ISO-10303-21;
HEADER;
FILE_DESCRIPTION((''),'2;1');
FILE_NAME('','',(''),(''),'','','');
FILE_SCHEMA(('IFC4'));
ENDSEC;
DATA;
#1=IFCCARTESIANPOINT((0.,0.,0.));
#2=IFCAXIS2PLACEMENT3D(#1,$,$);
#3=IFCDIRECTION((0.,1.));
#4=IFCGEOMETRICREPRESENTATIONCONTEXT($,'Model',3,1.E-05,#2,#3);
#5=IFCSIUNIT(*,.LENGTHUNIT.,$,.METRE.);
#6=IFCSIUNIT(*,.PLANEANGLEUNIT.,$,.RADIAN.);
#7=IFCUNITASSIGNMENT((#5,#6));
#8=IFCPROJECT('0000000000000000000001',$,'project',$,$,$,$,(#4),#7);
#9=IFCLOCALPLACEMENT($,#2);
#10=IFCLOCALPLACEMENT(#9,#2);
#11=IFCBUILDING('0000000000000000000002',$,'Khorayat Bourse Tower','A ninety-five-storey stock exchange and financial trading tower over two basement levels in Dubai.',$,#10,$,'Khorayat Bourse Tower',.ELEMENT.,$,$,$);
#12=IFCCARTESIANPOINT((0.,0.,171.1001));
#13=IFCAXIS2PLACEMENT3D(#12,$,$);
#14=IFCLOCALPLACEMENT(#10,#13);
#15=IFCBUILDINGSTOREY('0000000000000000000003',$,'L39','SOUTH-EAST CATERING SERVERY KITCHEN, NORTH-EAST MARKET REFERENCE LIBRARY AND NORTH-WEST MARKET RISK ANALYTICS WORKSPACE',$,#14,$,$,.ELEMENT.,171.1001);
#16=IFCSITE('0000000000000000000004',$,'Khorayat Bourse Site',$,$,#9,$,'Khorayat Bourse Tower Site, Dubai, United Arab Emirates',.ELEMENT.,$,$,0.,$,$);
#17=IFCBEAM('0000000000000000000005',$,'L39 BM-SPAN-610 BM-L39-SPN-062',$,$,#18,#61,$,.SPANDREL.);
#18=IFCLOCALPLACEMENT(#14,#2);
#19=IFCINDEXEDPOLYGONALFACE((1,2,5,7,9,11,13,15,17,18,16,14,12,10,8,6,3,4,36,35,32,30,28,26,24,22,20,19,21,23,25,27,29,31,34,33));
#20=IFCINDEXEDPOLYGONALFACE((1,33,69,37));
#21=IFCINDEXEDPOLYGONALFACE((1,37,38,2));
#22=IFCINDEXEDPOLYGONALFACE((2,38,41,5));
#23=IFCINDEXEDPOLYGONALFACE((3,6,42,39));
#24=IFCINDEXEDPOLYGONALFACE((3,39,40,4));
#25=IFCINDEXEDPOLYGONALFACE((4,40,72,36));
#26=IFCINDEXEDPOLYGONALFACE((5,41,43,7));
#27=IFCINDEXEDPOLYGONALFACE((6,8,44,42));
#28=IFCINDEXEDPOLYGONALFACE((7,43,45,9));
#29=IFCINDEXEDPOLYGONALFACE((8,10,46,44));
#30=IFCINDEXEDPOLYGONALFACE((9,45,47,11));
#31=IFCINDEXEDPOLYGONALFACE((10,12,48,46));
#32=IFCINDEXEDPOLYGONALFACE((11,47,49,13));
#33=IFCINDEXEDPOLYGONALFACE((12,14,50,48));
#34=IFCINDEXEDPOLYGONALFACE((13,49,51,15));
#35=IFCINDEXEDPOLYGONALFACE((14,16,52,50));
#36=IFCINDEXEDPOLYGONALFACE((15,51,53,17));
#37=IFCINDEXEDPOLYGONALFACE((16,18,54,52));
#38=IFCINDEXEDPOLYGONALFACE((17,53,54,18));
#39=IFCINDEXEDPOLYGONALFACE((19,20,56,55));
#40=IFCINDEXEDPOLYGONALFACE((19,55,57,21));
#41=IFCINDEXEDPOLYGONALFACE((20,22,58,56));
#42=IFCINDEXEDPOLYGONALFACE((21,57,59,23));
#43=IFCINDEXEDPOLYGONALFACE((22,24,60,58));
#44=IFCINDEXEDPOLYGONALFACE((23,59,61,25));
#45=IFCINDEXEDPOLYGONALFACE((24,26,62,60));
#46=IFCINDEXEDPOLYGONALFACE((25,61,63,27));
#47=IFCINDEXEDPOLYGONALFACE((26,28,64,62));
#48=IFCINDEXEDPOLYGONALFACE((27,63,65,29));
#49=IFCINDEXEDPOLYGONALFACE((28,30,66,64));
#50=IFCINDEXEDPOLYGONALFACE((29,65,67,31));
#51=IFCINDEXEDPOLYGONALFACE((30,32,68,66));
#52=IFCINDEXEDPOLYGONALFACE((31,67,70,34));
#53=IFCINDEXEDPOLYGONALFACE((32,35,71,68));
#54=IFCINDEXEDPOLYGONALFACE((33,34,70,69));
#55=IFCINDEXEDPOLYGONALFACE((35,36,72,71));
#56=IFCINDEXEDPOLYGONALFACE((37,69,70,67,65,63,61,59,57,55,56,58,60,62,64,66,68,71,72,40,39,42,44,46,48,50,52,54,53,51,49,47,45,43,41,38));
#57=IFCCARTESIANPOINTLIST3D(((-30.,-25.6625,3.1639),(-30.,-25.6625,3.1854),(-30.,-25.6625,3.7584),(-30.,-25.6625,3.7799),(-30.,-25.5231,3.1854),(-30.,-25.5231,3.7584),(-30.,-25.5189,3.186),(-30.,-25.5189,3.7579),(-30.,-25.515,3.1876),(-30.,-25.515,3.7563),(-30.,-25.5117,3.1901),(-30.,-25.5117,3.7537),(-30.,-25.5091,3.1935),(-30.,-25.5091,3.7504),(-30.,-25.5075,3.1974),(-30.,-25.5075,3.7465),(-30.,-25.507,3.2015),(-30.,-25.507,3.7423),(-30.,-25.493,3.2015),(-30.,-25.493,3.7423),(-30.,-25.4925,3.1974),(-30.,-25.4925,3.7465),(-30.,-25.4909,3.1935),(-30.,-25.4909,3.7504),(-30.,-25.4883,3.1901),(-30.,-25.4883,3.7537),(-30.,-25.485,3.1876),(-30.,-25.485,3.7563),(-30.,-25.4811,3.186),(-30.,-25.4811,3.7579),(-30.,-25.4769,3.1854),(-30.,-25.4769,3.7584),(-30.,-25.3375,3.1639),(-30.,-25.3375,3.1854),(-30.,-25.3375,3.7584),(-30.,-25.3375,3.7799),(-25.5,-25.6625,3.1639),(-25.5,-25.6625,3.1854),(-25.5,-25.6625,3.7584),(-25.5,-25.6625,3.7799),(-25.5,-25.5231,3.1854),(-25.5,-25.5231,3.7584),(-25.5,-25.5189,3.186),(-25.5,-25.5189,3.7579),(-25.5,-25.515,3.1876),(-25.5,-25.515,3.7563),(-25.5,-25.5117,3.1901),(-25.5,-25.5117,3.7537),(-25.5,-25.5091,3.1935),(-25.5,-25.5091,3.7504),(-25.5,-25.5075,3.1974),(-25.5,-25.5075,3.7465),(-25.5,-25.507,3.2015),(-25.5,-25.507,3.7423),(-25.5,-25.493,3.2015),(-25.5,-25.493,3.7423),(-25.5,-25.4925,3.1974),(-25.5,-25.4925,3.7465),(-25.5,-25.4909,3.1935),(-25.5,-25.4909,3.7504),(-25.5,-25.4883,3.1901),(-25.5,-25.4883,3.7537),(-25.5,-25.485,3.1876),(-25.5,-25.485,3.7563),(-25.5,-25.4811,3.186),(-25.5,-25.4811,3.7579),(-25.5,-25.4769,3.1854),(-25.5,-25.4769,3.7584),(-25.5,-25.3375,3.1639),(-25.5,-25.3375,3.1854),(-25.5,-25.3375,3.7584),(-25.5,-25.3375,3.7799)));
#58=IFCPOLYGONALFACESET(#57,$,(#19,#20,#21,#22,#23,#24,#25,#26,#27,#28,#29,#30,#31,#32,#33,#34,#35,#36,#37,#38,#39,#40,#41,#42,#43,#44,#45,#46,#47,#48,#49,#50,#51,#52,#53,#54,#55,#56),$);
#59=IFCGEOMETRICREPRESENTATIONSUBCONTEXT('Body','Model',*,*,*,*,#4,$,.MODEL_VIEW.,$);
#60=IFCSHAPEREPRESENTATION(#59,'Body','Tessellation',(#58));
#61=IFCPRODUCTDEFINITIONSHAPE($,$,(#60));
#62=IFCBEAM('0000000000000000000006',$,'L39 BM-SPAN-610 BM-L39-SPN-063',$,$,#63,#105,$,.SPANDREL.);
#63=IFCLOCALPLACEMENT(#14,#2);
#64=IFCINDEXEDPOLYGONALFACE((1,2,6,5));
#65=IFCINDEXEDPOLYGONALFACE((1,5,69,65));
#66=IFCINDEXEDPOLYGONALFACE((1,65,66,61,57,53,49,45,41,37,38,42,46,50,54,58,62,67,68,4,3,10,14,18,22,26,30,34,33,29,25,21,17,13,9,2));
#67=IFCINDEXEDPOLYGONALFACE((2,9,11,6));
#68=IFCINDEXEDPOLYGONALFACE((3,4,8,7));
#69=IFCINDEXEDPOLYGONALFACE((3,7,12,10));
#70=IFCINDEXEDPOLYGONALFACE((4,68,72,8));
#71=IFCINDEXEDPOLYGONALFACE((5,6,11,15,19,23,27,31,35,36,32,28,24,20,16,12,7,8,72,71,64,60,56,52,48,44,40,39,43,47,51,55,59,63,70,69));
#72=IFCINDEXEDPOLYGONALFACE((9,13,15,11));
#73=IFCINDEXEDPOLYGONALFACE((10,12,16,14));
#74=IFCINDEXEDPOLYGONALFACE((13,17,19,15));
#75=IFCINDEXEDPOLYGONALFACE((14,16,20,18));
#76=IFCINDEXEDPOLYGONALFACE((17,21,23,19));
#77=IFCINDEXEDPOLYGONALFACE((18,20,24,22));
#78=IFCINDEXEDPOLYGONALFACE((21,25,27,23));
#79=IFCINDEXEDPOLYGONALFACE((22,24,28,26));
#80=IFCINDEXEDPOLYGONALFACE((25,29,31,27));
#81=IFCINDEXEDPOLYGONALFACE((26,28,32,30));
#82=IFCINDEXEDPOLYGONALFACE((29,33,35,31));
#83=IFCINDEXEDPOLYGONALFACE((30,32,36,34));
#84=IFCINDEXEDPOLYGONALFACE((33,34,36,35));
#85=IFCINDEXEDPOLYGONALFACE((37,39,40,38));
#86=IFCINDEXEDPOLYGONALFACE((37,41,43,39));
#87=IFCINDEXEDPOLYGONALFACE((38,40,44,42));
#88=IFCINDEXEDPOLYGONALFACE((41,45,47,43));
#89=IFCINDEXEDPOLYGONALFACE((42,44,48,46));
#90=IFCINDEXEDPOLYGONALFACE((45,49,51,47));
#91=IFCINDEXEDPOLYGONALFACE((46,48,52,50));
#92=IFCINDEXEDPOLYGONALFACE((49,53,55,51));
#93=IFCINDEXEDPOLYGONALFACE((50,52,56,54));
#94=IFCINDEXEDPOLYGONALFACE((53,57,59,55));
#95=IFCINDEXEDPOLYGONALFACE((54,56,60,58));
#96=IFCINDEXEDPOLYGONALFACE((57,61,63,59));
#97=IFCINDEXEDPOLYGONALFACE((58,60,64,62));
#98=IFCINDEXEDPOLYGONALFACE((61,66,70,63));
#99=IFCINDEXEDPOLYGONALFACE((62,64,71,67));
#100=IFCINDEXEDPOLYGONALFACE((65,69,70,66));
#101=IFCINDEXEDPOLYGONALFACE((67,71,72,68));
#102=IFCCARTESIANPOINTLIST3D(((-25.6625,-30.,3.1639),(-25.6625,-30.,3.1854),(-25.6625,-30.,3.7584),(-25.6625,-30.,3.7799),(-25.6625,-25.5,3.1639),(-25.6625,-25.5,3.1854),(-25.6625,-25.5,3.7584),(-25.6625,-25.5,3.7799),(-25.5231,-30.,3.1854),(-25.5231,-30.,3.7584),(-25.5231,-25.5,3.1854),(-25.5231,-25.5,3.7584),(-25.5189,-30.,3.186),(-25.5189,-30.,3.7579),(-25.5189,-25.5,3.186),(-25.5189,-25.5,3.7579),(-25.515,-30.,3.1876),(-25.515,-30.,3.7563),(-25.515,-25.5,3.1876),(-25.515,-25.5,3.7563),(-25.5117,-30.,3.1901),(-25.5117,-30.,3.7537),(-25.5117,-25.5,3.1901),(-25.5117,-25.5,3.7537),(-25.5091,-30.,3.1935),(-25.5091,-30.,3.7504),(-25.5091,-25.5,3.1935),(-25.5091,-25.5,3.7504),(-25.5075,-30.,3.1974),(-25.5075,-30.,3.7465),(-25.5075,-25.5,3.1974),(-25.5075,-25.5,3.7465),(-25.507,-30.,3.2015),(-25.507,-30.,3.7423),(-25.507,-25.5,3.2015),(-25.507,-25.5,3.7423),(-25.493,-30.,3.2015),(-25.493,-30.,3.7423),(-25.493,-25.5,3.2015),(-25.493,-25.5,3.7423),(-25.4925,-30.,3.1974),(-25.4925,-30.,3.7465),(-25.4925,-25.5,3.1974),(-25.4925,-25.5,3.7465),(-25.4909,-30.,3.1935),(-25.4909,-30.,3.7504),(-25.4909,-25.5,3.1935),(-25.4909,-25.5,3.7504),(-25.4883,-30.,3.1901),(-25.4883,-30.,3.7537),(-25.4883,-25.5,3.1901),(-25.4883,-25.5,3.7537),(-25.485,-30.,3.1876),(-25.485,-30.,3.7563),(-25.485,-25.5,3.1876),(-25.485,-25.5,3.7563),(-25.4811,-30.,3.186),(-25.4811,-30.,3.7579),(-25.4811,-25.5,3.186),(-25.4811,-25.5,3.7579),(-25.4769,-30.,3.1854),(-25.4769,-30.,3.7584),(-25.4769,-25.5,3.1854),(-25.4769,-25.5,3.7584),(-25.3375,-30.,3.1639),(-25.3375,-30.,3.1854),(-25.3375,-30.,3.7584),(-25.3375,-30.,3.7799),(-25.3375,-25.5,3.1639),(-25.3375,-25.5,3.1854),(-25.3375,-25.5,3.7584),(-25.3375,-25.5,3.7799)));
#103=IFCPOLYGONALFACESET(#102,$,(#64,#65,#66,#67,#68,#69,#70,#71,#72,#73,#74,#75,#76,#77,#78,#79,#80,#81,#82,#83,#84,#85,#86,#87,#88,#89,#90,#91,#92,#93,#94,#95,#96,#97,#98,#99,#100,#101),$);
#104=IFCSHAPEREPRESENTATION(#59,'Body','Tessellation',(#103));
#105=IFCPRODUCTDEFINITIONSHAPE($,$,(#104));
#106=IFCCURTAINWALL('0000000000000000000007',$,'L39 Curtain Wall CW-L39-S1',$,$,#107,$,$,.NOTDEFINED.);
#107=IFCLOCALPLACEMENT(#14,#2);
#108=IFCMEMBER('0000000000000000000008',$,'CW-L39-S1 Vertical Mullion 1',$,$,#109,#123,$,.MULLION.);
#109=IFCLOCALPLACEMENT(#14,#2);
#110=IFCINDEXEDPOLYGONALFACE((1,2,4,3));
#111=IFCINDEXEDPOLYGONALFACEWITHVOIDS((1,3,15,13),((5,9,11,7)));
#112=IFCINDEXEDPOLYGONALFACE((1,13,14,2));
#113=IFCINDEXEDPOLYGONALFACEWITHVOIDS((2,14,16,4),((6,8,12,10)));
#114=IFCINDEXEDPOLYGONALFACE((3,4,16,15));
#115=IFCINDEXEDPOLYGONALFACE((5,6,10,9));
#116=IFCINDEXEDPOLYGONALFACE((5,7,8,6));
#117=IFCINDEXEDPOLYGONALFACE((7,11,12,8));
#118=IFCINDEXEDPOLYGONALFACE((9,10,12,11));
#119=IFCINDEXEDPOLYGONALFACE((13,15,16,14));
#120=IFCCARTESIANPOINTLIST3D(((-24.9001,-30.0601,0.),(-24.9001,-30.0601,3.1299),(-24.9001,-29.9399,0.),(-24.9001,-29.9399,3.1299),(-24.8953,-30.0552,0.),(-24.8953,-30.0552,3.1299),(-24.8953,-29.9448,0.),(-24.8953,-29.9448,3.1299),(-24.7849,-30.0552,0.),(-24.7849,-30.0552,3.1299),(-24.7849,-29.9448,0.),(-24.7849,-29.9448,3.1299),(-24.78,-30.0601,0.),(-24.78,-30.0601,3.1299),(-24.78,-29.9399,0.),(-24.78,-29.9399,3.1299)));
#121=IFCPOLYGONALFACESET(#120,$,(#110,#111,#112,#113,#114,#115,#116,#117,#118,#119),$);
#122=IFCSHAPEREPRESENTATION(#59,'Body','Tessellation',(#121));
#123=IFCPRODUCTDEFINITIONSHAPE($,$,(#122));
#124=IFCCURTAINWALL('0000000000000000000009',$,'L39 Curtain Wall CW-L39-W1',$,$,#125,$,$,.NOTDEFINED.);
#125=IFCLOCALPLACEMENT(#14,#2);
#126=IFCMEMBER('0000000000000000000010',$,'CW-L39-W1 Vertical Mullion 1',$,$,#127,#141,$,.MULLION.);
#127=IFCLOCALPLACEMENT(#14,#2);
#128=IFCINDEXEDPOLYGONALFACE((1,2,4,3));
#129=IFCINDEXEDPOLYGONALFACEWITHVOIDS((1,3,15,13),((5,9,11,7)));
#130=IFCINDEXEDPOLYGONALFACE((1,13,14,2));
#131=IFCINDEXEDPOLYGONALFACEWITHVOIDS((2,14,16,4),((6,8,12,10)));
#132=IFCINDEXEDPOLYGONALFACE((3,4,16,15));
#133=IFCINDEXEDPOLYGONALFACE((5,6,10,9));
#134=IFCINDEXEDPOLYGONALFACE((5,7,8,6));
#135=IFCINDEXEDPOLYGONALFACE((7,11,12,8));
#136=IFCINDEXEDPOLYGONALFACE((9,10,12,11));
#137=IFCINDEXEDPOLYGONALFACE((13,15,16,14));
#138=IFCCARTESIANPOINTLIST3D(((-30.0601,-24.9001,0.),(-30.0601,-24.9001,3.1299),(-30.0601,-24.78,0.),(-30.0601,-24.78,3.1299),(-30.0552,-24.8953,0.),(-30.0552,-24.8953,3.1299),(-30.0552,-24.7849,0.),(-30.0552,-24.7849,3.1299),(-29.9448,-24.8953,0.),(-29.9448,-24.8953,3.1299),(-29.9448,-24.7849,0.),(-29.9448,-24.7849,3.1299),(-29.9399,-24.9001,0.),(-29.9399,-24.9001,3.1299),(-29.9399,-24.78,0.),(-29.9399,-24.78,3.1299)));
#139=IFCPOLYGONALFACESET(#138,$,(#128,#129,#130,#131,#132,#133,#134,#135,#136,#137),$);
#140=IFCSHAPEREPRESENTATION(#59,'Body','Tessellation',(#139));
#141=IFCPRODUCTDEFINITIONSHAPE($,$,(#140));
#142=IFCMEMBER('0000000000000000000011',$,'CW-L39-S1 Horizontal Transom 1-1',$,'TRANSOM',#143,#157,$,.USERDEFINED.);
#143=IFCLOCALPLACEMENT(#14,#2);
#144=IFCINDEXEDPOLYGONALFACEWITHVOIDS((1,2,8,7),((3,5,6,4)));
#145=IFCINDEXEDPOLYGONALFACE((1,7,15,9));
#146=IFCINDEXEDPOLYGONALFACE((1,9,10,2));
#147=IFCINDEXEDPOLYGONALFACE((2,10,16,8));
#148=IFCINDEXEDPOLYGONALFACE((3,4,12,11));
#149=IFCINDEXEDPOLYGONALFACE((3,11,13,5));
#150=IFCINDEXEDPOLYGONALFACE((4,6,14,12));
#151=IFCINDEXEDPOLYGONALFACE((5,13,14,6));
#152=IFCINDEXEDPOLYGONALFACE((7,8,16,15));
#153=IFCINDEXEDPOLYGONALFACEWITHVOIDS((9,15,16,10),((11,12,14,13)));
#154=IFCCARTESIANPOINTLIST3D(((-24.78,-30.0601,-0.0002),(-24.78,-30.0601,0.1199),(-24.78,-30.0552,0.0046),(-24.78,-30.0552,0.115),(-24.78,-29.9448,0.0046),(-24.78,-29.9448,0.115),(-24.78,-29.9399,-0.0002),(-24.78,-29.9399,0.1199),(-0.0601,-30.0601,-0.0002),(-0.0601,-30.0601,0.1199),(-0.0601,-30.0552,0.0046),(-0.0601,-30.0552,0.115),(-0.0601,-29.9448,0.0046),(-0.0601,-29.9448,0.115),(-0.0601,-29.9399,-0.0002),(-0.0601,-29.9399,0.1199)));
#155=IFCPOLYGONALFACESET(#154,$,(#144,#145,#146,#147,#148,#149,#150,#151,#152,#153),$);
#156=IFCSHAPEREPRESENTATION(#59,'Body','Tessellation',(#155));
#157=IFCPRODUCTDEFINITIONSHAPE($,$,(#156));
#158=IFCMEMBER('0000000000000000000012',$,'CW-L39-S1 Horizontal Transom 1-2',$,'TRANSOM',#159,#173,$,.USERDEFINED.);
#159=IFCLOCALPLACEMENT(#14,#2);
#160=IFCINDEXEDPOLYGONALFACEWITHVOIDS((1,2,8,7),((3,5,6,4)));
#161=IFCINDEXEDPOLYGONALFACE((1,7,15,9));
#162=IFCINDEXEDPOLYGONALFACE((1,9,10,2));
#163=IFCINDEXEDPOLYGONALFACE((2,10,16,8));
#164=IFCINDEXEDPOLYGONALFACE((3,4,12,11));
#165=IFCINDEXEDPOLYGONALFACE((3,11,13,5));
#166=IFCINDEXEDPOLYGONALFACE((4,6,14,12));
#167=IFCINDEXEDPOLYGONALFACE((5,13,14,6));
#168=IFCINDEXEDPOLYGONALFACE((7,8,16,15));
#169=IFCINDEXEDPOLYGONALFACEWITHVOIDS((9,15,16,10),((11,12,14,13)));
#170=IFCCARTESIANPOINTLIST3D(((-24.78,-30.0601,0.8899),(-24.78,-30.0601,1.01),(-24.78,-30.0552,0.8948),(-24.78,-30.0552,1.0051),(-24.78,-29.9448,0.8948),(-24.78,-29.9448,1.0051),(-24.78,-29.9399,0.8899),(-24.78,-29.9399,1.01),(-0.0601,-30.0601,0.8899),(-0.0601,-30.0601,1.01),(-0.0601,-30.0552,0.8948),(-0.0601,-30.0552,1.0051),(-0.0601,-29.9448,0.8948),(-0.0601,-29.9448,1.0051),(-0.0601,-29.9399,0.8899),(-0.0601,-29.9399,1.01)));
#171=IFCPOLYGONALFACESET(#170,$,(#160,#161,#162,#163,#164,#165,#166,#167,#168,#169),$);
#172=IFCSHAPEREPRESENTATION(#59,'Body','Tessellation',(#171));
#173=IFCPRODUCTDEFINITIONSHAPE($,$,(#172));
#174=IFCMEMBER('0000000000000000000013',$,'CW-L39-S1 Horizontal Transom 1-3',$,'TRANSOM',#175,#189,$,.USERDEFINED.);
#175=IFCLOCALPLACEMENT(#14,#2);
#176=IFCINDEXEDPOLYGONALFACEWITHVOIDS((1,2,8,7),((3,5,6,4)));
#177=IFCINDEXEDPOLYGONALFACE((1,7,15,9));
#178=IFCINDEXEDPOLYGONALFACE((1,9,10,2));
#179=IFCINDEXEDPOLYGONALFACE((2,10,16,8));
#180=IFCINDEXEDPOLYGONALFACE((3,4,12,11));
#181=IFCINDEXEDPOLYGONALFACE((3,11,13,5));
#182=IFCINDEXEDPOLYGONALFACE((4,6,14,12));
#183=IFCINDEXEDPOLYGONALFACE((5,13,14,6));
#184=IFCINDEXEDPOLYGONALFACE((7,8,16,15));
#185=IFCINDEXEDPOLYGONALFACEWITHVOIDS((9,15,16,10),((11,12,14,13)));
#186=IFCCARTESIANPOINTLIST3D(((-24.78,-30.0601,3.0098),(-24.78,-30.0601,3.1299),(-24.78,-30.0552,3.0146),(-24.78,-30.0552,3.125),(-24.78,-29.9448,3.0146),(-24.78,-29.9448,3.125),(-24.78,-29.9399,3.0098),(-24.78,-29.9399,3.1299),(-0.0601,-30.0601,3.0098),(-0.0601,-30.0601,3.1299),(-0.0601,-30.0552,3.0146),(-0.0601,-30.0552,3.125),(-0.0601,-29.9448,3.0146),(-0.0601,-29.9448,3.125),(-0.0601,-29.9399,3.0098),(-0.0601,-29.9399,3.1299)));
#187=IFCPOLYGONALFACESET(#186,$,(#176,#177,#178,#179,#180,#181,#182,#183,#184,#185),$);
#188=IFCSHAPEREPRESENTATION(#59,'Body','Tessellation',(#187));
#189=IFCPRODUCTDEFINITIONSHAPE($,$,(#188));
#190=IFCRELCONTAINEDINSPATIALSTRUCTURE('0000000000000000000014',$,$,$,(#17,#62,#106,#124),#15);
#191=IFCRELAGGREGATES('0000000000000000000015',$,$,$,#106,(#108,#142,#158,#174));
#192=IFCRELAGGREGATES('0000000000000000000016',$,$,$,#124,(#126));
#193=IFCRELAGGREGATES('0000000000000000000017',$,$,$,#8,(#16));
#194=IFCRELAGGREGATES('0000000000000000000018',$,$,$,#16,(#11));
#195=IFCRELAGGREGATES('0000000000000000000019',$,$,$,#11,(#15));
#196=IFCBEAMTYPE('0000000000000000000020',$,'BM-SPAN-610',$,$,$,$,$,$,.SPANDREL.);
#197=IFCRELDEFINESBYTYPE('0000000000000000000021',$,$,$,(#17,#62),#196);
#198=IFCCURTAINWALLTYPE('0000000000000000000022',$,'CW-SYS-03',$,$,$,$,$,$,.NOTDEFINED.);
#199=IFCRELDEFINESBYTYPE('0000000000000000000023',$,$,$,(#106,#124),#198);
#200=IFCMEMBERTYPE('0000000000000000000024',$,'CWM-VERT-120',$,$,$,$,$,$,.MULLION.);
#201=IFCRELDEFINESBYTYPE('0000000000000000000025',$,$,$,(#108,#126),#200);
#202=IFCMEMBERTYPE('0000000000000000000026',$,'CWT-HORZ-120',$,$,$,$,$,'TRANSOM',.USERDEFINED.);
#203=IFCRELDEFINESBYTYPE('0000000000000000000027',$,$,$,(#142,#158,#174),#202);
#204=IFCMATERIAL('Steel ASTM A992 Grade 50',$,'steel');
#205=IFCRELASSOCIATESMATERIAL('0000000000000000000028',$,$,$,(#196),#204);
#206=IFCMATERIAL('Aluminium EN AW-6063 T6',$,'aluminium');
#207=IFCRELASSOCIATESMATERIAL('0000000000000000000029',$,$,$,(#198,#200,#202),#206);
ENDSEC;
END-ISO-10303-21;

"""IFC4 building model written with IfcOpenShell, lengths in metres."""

from ifc_helpers import new_model, si_unit, direction, frame, origin, origin_2d, place, context, subcontext, project, spatial, hollow_rectangle, i_section, extrude, source, transform, mapped, material, material_profile, profile_set, type_object, element, aggregate, save


model = new_model("IFC4")

# Units and contexts
model_context = context("Model", 3, precision=1e-05, world=origin(), true_north=direction((0.0, 1.0)))
body_context = subcontext(model_context, "Body", "Model", "MODEL_VIEW")
ifc_project = project(units=[si_unit("LENGTHUNIT", "METRE"), si_unit("PLANEANGLEUNIT", "RADIAN")], contexts=[model_context])

# Site, building, storey
site_placement = place(None, origin())
site = spatial("IfcSite", under=ifc_project, at=site_placement, Name="Khorayat Bourse Site", LongName="Khorayat Bourse Tower Site, Dubai, United Arab Emirates", CompositionType="ELEMENT", RefElevation=0.0)
building_placement = place(site_placement, origin())
building = spatial("IfcBuilding", under=site, at=building_placement, Name="Khorayat Bourse Tower", Description="A ninety-five-storey stock exchange and financial trading tower over two basement levels in Dubai.", LongName="Khorayat Bourse Tower", CompositionType="ELEMENT")
storey_placement = place(building_placement, frame((0.0, 0.0, 171.1001)))
storey = spatial("IfcBuildingStorey", under=building, at=storey_placement, Name="L39", Description="SOUTH-EAST CATERING SERVERY KITCHEN, NORTH-EAST MARKET REFERENCE LIBRARY AND NORTH-WEST MARKET RISK ANALYTICS WORKSPACE", CompositionType="ELEMENT", Elevation=171.1001)

# Beams
ifc_material_1 = material(Name="Steel ASTM A992 Grade 50", Category="steel")
ifc_material_profile_1 = material_profile(ifc_material_1, i_section(OverallWidth=0.325, OverallDepth=0.616, WebThickness=0.0139, FlangeThickness=0.0215, FilletRadius=0.0161, at=origin_2d()), Name="W610X174")
ifc_profile_set_1 = profile_set([ifc_material_profile_1], Name="Steel ASTM A992 Grade 50")
beam_type_1 = type_object("IfcBeamType", Name="BM-SPAN-610", PredefinedType="SPANDREL", material=ifc_profile_set_1)
shared_shape_1 = source(origin(), body_context, "Body", "SweptSolid", [
    extrude(i_section(OverallWidth=0.325, OverallDepth=0.616, WebThickness=0.0139, FlangeThickness=0.0215, FilletRadius=0.0161, at=origin_2d()), origin(), (0.0, 0.0, 1.0), 4.5),
])
for number, where, z_axis, x_axis, name in (
    (1, (-30.0, -25.5, 3.4719), (1.0, 0.0, 0.0), (0.0, 1.0, 0.0), "L39 BM-SPAN-610 BM-L39-SPN-062"),
    (2, (-25.5, -30.0, 3.4719), (0.0, 1.0, 0.0), (-1.0, 0.0, 0.0), "L39 BM-SPAN-610 BM-L39-SPN-063"),
):
    element("IfcBeam", number, at=place(storey_placement, frame(where, z_axis=z_axis, x_axis=x_axis)), inside=storey, type_object=beam_type_1, Name=name, PredefinedType="SPANDREL", context=body_context, shape_type="MappedRepresentation", body=[
        mapped(shared_shape_1, transform((0.0, 0.0, 0.0), scale=1.0)),
    ])

# Curtain walls, members
ifc_material_2 = material(Name="Aluminium EN AW-6063 T6", Category="aluminium")
curtain_wall_type = type_object("IfcCurtainWallType", Name="CW-SYS-03", PredefinedType="NOTDEFINED", material=ifc_material_2)
curtain_wall_1_placement = place(storey_placement, origin())
curtain_wall_1 = element("IfcCurtainWall", 3, at=curtain_wall_1_placement, inside=storey, type_object=curtain_wall_type, Name="L39 Curtain Wall CW-L39-S1", PredefinedType="NOTDEFINED")
ifc_material_profile_2 = material_profile(ifc_material_2, hollow_rectangle(XDim=0.1201, YDim=0.1201, WallThickness=0.0049, at=origin_2d()), Name="ALU 120x120x5")
ifc_profile_set_2 = profile_set([ifc_material_profile_2], Name="Aluminium EN AW-6063 T6")
member_type_1 = type_object("IfcMemberType", Name="CWM-VERT-120", PredefinedType="MULLION", material=ifc_profile_set_2)
shared_shape_2 = source(origin(), body_context, "Body", "SweptSolid", [
    extrude(hollow_rectangle(XDim=0.1201, YDim=0.1201, WallThickness=0.0049, at=origin_2d()), origin(), (0.0, 0.0, 1.0), 3.1299),
])
member_1_placement = place(storey_placement, frame((-24.8401, -30.0, 0.0), z_axis=(0.0, 0.0, 1.0), x_axis=(0.0, 1.0, 0.0)))
member_1 = element("IfcMember", 4, at=member_1_placement, type_object=member_type_1, Name="CW-L39-S1 Vertical Mullion 1", PredefinedType="MULLION", context=body_context, shape_type="MappedRepresentation", body=[
    mapped(shared_shape_2, transform((0.0, 0.0, 0.0), scale=1.0)),
])
curtain_wall_2_placement = place(storey_placement, origin())
curtain_wall_2 = element("IfcCurtainWall", 5, at=curtain_wall_2_placement, inside=storey, type_object=curtain_wall_type, Name="L39 Curtain Wall CW-L39-W1", PredefinedType="NOTDEFINED")
member_2_placement = place(storey_placement, frame((-30.0, -24.8401, 0.0), z_axis=(0.0, 0.0, 1.0), x_axis=(-1.0, 0.0, 0.0)))
member_2 = element("IfcMember", 6, at=member_2_placement, type_object=member_type_1, Name="CW-L39-W1 Vertical Mullion 1", PredefinedType="MULLION", context=body_context, shape_type="MappedRepresentation", body=[
    mapped(shared_shape_2, transform((0.0, 0.0, 0.0), scale=1.0)),
])

# Members
ifc_material_profile_3 = material_profile(ifc_material_2, hollow_rectangle(XDim=0.1201, YDim=0.1201, WallThickness=0.0049, at=origin_2d()), Name="ALU 120x120x5")
ifc_profile_set_3 = profile_set([ifc_material_profile_3], Name="Aluminium EN AW-6063 T6")
member_type_2 = type_object("IfcMemberType", Name="CWT-HORZ-120", ElementType="TRANSOM", PredefinedType="USERDEFINED", material=ifc_profile_set_3)
shared_shape_3 = source(origin(), body_context, "Body", "SweptSolid", [
    extrude(hollow_rectangle(XDim=0.1201, YDim=0.1201, WallThickness=0.0049, at=origin_2d()), origin(), (0.0, 0.0, 1.0), 24.72),
])
member_3_placement = place(storey_placement, frame((-24.78, -30.0, 0.0598), z_axis=(1.0, 0.0, 0.0), x_axis=(0.0, 1.0, 0.0)))
member_3 = element("IfcMember", 7, at=member_3_placement, type_object=member_type_2, Name="CW-L39-S1 Horizontal Transom 1-1", ObjectType="TRANSOM", PredefinedType="USERDEFINED", context=body_context, shape_type="MappedRepresentation", body=[
    mapped(shared_shape_3, transform((0.0, 0.0, 0.0), scale=1.0)),
])
member_4_placement = place(storey_placement, frame((-24.78, -30.0, 0.95), z_axis=(1.0, 0.0, 0.0), x_axis=(0.0, 1.0, 0.0)))
member_4 = element("IfcMember", 8, at=member_4_placement, type_object=member_type_2, Name="CW-L39-S1 Horizontal Transom 1-2", ObjectType="TRANSOM", PredefinedType="USERDEFINED", context=body_context, shape_type="MappedRepresentation", body=[
    mapped(shared_shape_3, transform((0.0, 0.0, 0.0), scale=1.0)),
])
member_5_placement = place(storey_placement, frame((-24.78, -30.0, 3.0698), z_axis=(1.0, 0.0, 0.0), x_axis=(0.0, 1.0, 0.0)))
member_5 = element("IfcMember", 9, at=member_5_placement, type_object=member_type_2, Name="CW-L39-S1 Horizontal Transom 1-3", ObjectType="TRANSOM", PredefinedType="USERDEFINED", context=body_context, shape_type="MappedRepresentation", body=[
    mapped(shared_shape_3, transform((0.0, 0.0, 0.0), scale=1.0)),
])
aggregate(curtain_wall_1, [member_1, member_3, member_4, member_5])
aggregate(curtain_wall_2, [member_2])

save(model, "model.ifc")
